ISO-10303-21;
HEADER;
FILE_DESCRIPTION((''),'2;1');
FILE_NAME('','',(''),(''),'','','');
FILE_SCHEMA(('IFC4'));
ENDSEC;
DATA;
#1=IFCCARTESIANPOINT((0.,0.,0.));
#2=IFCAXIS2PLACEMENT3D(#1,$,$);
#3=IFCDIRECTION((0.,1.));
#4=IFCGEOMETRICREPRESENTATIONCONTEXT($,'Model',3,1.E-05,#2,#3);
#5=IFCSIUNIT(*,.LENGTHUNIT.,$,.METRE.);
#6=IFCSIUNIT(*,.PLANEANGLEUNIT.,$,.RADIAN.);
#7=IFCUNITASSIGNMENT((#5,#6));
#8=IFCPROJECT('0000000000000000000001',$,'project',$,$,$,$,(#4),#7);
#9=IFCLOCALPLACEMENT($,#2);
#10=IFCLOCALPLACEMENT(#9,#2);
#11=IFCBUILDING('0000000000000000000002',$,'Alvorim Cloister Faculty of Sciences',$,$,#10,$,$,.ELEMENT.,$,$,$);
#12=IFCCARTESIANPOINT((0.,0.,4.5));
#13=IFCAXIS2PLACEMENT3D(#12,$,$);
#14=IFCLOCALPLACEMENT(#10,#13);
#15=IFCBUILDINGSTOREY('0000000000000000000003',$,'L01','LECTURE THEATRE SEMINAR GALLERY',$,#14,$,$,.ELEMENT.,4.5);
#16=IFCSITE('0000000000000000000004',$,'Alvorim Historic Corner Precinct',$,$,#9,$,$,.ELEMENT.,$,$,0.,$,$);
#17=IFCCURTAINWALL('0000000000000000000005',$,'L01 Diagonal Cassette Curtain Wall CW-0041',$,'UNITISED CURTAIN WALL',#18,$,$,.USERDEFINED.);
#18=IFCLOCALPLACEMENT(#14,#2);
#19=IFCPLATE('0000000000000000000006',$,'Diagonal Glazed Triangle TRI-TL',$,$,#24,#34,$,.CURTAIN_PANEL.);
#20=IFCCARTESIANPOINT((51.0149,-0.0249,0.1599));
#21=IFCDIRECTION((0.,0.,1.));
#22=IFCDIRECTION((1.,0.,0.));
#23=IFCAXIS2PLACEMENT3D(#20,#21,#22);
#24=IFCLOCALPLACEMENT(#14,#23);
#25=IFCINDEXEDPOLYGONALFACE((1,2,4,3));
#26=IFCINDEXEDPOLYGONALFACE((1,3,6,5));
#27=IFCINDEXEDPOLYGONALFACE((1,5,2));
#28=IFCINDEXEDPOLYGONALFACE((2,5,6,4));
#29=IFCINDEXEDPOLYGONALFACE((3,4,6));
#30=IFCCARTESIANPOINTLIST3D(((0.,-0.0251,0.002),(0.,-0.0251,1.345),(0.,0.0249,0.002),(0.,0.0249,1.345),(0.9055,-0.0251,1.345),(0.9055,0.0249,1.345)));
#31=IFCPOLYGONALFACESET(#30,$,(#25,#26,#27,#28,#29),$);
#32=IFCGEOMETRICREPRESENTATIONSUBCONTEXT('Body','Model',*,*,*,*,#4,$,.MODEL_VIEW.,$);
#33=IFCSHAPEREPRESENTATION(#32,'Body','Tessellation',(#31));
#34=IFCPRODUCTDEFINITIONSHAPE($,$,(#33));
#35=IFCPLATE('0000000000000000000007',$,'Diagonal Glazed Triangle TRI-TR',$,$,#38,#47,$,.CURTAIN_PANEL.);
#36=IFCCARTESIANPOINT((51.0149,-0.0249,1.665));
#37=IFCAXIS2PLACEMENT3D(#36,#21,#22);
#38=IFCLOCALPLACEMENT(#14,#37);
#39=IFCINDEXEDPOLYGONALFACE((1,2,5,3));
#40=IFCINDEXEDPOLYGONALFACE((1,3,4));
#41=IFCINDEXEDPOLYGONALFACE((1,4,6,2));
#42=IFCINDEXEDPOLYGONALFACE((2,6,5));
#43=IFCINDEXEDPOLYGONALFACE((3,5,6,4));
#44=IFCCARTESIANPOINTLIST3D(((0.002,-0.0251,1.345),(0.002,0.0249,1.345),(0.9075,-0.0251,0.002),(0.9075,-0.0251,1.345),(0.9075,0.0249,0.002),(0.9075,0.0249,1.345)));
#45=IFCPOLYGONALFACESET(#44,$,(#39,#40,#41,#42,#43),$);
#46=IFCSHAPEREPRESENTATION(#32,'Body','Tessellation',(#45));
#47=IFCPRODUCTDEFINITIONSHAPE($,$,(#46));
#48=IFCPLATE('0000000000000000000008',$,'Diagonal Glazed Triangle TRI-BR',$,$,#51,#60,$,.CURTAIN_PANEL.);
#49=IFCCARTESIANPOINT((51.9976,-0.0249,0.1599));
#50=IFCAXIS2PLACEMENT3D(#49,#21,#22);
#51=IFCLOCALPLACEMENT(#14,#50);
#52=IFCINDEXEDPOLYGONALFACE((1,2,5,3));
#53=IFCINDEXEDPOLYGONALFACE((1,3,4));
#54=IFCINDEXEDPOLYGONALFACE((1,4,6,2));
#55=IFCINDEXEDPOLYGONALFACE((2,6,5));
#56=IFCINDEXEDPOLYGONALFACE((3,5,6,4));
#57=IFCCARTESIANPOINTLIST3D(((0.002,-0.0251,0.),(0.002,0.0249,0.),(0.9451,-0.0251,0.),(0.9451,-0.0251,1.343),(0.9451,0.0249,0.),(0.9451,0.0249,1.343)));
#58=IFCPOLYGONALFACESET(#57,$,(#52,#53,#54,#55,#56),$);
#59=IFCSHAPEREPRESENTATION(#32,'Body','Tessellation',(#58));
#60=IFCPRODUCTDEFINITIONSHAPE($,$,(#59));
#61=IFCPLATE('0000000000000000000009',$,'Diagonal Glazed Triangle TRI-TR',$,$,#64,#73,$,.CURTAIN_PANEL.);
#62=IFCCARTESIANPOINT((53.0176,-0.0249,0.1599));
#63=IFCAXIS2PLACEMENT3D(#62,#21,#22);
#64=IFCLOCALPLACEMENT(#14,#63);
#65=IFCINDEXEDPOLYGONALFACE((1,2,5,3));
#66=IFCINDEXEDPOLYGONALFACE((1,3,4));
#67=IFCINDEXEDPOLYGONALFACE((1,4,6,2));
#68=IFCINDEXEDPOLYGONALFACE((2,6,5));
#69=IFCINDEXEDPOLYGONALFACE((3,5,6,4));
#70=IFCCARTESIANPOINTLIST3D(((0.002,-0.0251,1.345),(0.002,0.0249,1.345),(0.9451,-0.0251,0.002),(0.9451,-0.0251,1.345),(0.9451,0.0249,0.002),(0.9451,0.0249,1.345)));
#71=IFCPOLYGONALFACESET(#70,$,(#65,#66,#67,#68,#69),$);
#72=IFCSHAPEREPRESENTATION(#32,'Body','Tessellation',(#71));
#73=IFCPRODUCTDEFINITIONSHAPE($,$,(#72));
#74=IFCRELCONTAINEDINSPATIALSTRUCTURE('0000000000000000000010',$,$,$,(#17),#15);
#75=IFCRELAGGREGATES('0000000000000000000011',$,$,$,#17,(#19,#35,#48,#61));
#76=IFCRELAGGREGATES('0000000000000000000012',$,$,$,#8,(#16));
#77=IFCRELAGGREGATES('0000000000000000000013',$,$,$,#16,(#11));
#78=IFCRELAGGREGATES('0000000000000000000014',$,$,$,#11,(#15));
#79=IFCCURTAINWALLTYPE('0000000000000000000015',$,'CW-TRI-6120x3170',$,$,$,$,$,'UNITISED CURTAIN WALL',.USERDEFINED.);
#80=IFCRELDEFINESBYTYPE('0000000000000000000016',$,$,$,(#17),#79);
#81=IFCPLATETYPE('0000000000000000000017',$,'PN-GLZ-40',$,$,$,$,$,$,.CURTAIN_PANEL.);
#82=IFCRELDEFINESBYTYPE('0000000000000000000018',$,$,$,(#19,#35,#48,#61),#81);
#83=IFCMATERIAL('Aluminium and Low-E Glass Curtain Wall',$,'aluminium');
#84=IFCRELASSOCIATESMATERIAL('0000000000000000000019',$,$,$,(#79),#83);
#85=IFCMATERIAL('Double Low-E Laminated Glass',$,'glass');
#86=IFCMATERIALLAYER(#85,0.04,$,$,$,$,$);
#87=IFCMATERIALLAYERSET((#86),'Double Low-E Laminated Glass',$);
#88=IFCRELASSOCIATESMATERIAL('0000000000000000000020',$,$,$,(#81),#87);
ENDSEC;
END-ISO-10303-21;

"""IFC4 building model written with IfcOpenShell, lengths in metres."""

from ifc_helpers import new_model, si_unit, direction, frame, origin, place, context, subcontext, project, spatial, polyline, outline, extrude, material, layer, layer_set, type_object, element, aggregate, save


model = new_model("IFC4")

# Units and contexts
model_context = context("Model", 3, precision=1e-05, world=origin(), true_north=direction((0.0, 1.0)))
body_context = subcontext(model_context, "Body", "Model", "MODEL_VIEW")
ifc_project = project(units=[si_unit("LENGTHUNIT", "METRE"), si_unit("PLANEANGLEUNIT", "RADIAN")], contexts=[model_context])

# Site, building, storey
site_placement = place(None, origin())
site = spatial("IfcSite", under=ifc_project, at=site_placement, Name="Alvorim Historic Corner Precinct", CompositionType="ELEMENT", RefElevation=0.0)
building_placement = place(site_placement, origin())
building = spatial("IfcBuilding", under=site, at=building_placement, Name="Alvorim Cloister Faculty of Sciences", CompositionType="ELEMENT")
storey_placement = place(building_placement, frame((0.0, 0.0, 4.5)))
storey = spatial("IfcBuildingStorey", under=building, at=storey_placement, Name="L01", Description="LECTURE THEATRE SEMINAR GALLERY", CompositionType="ELEMENT", Elevation=4.5)

# Curtain wall, plates
ifc_material_1 = material(Name="Aluminium and Low-E Glass Curtain Wall", Category="aluminium")
curtain_wall_type = type_object("IfcCurtainWallType", Name="CW-TRI-6120x3170", ElementType="UNITISED CURTAIN WALL", PredefinedType="USERDEFINED", material=ifc_material_1)
curtain_wall_placement = place(storey_placement, origin())
curtain_wall = element("IfcCurtainWall", 1, at=curtain_wall_placement, inside=storey, type_object=curtain_wall_type, Name="L01 Diagonal Cassette Curtain Wall CW-0041", ObjectType="UNITISED CURTAIN WALL", PredefinedType="USERDEFINED")
ifc_material_2 = material(Name="Double Low-E Laminated Glass", Category="glass")
ifc_layer_1 = layer(ifc_material_2, 0.04)
ifc_layer_set_1 = layer_set([ifc_layer_1], Name="Double Low-E Laminated Glass")
plate_type = type_object("IfcPlateType", Name="PN-GLZ-40", PredefinedType="CURTAIN_PANEL", material=ifc_layer_set_1)
plate_1_placement = place(storey_placement, frame((51.0149, -0.0249, 0.1599), z_axis=(0.0, 0.0, 1.0), x_axis=(1.0, 0.0, 0.0)))
plate_1 = element("IfcPlate", 2, at=plate_1_placement, type_object=plate_type, Name="Diagonal Glazed Triangle TRI-TL", PredefinedType="CURTAIN_PANEL", context=body_context, shape_type="SweptSolid", body=[
    extrude(outline(polyline([(0.9055, 1.345), (0.0, 1.345), (0.0, 0.002), (0.9055, 1.345)])), frame((0.0, 0.0249, 0.0), z_axis=(0.0, -1.0, 0.0), x_axis=(1.0, 0.0, 0.0)), (0.0, 0.0, 1.0), 0.05),
])
plate_2_placement = place(storey_placement, frame((51.0149, -0.0249, 1.665), z_axis=(0.0, 0.0, 1.0), x_axis=(1.0, 0.0, 0.0)))
plate_2 = element("IfcPlate", 3, at=plate_2_placement, type_object=plate_type, Name="Diagonal Glazed Triangle TRI-TR", PredefinedType="CURTAIN_PANEL", context=body_context, shape_type="SweptSolid", body=[
    extrude(outline(polyline([(0.9075, 0.002), (0.9075, 1.345), (0.002, 1.345), (0.9075, 0.002)])), frame((0.0, 0.0249, 0.0), z_axis=(0.0, -1.0, 0.0), x_axis=(1.0, 0.0, 0.0)), (0.0, 0.0, 1.0), 0.05),
])
plate_3_placement = place(storey_placement, frame((51.9976, -0.0249, 0.1599), z_axis=(0.0, 0.0, 1.0), x_axis=(1.0, 0.0, 0.0)))
plate_3 = element("IfcPlate", 4, at=plate_3_placement, type_object=plate_type, Name="Diagonal Glazed Triangle TRI-BR", PredefinedType="CURTAIN_PANEL", context=body_context, shape_type="SweptSolid", body=[
    extrude(outline(polyline([(0.002, 0.0), (0.9451, 0.0), (0.9451, 1.343), (0.002, 0.0)])), frame((0.0, 0.0249, 0.0), z_axis=(0.0, -1.0, 0.0), x_axis=(1.0, 0.0, 0.0)), (0.0, 0.0, 1.0), 0.05),
])
plate_4_placement = place(storey_placement, frame((53.0176, -0.0249, 0.1599), z_axis=(0.0, 0.0, 1.0), x_axis=(1.0, 0.0, 0.0)))
plate_4 = element("IfcPlate", 5, at=plate_4_placement, type_object=plate_type, Name="Diagonal Glazed Triangle TRI-TR", PredefinedType="CURTAIN_PANEL", context=body_context, shape_type="SweptSolid", body=[
    extrude(outline(polyline([(0.9451, 0.002), (0.9451, 1.345), (0.002, 1.345), (0.9451, 0.002)])), frame((0.0, 0.0249, 0.0), z_axis=(0.0, -1.0, 0.0), x_axis=(1.0, 0.0, 0.0)), (0.0, 0.0, 1.0), 0.05),
])
aggregate(curtain_wall, [plate_1, plate_2, plate_3, plate_4])

save(model, "model.ifc")
